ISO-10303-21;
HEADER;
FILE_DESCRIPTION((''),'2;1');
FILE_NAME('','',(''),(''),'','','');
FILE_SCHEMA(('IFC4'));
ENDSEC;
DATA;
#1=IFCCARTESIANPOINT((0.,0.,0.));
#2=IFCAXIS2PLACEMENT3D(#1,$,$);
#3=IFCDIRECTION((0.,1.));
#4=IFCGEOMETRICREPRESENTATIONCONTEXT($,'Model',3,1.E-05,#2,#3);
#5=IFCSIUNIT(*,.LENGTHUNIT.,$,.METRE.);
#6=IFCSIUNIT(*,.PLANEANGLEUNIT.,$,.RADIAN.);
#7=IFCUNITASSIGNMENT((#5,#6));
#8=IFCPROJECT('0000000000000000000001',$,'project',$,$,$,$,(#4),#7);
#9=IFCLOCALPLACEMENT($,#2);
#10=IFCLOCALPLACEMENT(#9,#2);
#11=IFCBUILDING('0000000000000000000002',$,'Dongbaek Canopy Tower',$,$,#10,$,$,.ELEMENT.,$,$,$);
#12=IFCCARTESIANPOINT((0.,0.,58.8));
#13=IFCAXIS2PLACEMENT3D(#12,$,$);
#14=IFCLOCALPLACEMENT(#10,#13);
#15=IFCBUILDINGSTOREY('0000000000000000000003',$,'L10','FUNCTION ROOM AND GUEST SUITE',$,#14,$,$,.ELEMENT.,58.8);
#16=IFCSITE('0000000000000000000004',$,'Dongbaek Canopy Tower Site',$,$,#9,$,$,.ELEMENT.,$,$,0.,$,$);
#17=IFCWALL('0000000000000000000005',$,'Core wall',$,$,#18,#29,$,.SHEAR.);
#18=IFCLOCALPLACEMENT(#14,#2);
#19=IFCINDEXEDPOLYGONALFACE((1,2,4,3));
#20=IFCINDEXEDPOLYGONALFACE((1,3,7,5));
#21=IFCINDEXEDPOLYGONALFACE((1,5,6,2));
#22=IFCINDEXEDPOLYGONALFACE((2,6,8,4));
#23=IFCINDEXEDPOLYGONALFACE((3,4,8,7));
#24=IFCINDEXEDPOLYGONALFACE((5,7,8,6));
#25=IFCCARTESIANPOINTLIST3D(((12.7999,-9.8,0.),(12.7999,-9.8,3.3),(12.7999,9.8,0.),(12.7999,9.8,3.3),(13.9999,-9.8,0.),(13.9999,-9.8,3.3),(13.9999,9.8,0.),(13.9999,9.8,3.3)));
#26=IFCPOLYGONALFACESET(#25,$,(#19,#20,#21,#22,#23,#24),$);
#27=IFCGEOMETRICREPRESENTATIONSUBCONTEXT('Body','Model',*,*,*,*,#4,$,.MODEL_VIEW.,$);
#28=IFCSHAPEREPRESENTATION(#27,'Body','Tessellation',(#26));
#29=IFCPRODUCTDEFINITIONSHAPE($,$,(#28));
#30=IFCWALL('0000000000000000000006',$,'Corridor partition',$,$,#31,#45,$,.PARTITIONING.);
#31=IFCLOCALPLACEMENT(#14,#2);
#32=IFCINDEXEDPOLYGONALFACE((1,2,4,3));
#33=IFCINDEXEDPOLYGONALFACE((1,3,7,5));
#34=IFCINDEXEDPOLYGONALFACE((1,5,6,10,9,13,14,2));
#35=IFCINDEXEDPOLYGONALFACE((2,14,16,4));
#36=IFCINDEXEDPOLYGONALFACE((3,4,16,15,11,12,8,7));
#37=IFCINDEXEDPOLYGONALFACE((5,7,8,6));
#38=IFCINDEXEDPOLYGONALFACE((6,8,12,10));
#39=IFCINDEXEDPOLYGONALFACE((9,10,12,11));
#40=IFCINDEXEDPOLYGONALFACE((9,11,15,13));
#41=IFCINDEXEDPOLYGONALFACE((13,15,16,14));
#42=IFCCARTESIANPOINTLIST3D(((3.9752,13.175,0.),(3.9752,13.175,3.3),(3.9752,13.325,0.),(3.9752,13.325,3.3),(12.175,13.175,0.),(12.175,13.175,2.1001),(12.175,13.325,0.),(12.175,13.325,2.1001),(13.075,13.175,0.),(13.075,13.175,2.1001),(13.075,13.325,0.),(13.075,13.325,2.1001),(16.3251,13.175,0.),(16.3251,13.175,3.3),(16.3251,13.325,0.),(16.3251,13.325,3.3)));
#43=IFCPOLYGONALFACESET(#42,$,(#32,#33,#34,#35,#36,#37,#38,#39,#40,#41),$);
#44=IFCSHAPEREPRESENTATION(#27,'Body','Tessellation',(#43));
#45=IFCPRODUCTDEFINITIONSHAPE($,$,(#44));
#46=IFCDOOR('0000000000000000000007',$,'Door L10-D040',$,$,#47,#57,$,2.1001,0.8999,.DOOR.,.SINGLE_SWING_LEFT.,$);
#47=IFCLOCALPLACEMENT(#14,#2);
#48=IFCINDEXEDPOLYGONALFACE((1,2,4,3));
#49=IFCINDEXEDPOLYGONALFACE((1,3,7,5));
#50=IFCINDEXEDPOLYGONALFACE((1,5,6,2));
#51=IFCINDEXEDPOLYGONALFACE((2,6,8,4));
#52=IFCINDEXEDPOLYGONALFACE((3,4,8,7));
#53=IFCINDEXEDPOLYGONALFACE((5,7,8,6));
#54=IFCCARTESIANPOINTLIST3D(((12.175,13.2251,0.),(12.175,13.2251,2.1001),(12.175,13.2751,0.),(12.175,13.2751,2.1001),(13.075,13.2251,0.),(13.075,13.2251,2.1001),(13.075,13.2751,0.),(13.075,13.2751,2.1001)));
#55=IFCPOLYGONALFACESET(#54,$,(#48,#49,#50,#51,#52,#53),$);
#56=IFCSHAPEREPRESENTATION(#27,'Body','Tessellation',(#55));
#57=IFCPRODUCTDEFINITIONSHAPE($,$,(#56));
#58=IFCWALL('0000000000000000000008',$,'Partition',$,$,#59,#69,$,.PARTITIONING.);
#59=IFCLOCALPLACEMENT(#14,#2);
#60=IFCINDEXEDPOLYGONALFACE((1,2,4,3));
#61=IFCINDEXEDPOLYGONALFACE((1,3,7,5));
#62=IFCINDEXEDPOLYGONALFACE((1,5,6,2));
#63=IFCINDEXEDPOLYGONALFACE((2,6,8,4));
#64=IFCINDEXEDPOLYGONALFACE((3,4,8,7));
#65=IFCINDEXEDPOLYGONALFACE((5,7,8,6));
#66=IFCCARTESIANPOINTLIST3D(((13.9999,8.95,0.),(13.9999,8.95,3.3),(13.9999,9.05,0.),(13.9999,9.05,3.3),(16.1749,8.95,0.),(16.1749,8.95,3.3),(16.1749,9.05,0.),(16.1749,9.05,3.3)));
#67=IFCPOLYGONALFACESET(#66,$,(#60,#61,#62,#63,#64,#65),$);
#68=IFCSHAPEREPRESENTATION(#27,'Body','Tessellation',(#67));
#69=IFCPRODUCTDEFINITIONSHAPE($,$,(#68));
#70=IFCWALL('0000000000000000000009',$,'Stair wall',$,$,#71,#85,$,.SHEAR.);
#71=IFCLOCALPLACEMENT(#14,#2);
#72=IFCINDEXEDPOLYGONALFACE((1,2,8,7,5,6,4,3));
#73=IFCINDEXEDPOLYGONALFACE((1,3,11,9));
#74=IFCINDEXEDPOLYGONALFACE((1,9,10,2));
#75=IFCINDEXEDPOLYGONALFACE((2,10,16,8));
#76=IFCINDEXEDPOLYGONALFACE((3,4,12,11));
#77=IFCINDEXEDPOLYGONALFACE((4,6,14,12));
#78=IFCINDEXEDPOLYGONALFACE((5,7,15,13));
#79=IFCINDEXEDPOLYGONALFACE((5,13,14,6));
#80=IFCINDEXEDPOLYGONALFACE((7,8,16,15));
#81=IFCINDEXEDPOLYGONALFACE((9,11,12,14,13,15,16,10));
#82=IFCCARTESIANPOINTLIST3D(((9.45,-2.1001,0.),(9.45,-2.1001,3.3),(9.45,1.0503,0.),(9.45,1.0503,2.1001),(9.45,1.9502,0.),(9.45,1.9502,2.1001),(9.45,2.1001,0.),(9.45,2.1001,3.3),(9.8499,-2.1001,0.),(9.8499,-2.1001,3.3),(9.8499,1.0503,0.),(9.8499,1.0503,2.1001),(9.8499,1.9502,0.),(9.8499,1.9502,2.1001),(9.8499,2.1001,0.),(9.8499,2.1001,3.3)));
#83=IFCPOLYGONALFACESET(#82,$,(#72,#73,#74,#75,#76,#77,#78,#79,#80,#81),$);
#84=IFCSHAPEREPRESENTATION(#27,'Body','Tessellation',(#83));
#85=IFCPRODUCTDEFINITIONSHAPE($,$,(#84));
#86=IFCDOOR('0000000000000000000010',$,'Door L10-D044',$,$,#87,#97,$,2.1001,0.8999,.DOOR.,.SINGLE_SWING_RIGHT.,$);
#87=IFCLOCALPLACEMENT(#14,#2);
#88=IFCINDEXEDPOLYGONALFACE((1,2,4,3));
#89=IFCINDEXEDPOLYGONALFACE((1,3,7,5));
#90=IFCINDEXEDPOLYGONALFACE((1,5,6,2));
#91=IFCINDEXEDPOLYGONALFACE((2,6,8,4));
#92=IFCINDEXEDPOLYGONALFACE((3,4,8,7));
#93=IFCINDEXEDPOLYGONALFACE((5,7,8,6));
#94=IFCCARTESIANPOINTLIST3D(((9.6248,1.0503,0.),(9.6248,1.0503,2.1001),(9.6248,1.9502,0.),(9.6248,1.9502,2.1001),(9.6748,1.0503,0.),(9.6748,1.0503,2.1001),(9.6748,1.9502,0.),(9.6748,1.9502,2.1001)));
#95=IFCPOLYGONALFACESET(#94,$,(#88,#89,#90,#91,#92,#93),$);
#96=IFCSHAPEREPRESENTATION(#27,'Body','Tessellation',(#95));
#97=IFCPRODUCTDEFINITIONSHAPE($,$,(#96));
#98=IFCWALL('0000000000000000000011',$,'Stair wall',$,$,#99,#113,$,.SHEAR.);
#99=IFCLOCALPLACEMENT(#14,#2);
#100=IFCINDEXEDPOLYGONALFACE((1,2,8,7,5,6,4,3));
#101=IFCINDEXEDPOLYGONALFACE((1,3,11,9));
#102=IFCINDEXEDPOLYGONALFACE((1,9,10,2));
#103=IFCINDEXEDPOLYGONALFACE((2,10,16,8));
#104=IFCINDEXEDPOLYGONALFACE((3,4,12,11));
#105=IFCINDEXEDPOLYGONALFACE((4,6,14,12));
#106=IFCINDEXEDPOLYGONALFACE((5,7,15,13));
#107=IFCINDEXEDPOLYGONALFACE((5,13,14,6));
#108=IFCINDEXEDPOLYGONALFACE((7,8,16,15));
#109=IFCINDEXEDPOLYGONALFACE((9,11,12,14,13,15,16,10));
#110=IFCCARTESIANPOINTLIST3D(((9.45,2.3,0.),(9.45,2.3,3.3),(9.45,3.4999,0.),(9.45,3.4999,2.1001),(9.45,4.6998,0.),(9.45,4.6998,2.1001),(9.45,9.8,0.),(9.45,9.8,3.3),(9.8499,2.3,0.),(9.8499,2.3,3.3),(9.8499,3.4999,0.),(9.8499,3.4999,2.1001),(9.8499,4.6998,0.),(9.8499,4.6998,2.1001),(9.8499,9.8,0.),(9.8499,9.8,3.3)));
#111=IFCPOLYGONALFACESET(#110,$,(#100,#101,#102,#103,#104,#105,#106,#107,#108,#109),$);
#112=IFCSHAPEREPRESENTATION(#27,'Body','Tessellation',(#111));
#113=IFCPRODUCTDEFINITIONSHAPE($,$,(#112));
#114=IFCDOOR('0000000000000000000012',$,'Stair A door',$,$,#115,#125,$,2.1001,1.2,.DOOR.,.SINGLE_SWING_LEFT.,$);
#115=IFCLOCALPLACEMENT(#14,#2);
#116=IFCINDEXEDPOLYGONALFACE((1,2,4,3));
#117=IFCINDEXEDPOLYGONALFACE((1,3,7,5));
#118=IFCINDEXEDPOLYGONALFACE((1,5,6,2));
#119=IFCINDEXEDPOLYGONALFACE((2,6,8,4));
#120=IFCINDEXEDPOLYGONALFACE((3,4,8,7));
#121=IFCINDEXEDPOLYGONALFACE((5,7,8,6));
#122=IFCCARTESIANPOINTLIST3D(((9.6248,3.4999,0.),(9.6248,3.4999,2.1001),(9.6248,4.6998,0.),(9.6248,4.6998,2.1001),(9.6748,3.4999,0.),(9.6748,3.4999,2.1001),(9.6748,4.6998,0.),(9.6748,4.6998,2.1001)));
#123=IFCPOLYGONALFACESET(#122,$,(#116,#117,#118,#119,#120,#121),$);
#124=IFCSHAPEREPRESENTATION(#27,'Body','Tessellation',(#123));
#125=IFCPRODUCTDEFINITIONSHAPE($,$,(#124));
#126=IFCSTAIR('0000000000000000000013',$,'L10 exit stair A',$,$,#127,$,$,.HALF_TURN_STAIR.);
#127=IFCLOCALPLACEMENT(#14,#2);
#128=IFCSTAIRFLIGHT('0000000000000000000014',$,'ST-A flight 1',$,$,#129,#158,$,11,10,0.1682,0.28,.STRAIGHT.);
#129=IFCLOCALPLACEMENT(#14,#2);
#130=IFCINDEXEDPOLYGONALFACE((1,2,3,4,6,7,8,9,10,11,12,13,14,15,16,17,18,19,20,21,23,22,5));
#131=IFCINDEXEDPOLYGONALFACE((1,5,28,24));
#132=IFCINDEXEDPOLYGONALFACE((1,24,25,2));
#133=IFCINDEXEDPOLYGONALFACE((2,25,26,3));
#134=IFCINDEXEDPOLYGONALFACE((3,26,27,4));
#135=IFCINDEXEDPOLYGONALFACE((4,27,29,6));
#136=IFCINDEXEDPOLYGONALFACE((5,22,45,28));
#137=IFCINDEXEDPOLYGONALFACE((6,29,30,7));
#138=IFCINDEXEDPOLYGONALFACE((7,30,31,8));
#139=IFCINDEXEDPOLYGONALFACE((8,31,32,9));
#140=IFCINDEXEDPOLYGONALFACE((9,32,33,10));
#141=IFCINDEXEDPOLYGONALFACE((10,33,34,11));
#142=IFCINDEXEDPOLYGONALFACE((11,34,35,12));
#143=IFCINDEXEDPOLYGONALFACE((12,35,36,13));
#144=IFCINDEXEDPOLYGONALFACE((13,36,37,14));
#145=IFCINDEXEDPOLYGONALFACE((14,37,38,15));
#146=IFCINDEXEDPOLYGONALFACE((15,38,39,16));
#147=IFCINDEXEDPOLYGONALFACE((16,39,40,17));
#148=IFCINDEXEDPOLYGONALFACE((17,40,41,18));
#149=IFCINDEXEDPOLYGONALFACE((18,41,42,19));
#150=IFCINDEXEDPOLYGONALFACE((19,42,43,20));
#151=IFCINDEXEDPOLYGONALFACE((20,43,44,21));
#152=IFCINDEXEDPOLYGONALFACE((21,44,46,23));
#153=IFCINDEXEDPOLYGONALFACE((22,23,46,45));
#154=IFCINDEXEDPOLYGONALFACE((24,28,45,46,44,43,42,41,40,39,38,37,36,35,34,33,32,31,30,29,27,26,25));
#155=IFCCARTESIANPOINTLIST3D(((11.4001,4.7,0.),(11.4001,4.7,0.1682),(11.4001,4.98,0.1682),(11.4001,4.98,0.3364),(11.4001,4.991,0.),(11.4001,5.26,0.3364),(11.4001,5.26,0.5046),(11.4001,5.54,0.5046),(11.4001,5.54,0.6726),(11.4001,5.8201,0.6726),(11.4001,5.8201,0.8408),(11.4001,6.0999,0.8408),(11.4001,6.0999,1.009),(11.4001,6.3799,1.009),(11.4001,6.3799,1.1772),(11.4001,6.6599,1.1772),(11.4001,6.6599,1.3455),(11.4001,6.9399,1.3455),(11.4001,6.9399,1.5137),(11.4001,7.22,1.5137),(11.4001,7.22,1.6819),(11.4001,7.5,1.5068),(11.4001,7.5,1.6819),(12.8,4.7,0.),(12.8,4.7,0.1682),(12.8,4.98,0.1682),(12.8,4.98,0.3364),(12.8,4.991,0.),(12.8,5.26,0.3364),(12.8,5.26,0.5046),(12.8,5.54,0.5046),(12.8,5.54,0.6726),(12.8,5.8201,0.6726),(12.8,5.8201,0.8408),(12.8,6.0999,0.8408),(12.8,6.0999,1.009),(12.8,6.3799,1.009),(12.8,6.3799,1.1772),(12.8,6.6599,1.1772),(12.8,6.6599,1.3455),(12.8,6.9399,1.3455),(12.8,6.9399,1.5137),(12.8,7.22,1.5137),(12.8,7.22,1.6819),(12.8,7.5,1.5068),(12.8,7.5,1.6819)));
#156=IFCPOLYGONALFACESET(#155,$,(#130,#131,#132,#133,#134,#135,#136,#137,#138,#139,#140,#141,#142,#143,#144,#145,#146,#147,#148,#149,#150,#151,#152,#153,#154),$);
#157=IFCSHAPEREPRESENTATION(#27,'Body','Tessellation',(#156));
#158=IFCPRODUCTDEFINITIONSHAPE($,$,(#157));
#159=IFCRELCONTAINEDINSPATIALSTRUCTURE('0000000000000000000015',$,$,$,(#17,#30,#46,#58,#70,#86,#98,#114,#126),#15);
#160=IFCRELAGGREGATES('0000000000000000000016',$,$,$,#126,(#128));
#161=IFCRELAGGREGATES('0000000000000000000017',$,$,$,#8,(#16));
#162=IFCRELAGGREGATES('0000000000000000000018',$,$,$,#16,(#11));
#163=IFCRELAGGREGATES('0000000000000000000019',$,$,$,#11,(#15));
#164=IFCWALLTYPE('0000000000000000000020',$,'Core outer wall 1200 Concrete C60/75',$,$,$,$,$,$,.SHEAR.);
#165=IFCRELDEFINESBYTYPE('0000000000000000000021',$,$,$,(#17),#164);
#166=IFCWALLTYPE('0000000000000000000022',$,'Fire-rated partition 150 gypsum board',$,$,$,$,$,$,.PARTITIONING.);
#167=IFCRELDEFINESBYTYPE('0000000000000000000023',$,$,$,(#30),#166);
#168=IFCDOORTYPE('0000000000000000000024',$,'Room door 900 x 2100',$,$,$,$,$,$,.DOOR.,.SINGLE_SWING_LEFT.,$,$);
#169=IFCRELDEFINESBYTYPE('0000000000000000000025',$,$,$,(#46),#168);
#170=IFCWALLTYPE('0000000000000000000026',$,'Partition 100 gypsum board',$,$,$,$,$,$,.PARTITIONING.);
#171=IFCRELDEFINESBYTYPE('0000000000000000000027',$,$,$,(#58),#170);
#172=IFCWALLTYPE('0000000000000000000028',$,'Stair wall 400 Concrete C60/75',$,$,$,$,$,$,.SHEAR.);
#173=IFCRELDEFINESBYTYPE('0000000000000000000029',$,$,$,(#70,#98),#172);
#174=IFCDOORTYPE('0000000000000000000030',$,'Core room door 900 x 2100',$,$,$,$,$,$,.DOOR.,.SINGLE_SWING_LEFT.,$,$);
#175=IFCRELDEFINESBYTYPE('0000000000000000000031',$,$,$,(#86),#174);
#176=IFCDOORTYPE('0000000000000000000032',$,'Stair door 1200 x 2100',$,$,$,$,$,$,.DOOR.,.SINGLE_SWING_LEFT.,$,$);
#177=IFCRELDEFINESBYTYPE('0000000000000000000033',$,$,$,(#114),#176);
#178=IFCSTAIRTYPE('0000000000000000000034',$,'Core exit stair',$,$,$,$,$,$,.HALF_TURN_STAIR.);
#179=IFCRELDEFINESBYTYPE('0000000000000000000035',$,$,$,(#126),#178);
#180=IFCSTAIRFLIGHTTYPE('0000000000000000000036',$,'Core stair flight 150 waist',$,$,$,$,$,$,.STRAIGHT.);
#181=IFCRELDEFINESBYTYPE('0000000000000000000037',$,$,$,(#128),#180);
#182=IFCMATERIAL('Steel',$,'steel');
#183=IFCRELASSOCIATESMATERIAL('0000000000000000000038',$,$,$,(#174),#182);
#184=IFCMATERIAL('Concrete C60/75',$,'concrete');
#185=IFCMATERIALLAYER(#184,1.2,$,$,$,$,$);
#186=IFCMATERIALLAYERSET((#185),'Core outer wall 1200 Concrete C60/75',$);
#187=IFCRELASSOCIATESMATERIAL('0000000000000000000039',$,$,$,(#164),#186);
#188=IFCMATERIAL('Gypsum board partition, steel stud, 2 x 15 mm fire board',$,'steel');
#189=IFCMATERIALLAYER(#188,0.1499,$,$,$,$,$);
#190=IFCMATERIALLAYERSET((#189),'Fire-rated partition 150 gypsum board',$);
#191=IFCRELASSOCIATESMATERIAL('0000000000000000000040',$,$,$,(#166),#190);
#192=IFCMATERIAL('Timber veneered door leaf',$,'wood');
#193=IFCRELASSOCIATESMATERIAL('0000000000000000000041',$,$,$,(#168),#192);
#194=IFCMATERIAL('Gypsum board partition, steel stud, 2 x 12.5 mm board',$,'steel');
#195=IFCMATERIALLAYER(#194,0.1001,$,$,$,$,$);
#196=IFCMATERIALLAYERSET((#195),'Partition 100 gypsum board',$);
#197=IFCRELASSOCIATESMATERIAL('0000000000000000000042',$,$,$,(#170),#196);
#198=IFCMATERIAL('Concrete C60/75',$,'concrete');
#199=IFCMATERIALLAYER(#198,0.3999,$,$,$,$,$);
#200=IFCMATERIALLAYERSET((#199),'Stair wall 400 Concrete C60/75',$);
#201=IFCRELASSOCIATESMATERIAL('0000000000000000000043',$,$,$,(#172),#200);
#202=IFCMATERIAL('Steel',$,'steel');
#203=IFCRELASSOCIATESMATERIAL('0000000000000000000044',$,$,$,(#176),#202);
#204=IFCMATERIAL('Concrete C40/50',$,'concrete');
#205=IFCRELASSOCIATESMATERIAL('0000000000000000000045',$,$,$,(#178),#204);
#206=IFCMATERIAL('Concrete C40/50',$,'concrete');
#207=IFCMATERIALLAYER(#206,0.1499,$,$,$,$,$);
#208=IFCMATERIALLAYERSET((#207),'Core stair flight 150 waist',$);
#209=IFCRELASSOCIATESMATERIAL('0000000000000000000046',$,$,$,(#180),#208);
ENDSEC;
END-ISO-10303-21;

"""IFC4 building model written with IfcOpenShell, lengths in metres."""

from ifc_helpers import new_model, si_unit, direction, frame, frame_2d, origin, place, context, subcontext, project, spatial, polyline, rectangle, outline, extrude, material, layer, layer_set, type_object, element, fill, aggregate, save


model = new_model("IFC4")

# Units and contexts
model_context = context("Model", 3, precision=1e-05, world=origin(), true_north=direction((0.0, 1.0)))
body_context = subcontext(model_context, "Body", "Model", "MODEL_VIEW")
ifc_project = project(units=[si_unit("LENGTHUNIT", "METRE"), si_unit("PLANEANGLEUNIT", "RADIAN")], contexts=[model_context])

# Site, building, storey
site_placement = place(None, origin())
site = spatial("IfcSite", under=ifc_project, at=site_placement, Name="Dongbaek Canopy Tower Site", CompositionType="ELEMENT", RefElevation=0.0)
building_placement = place(site_placement, origin())
building = spatial("IfcBuilding", under=site, at=building_placement, Name="Dongbaek Canopy Tower", CompositionType="ELEMENT")
storey_placement = place(building_placement, frame((0.0, 0.0, 58.8)))
storey = spatial("IfcBuildingStorey", under=building, at=storey_placement, Name="L10", Description="FUNCTION ROOM AND GUEST SUITE", CompositionType="ELEMENT", Elevation=58.8)

# Shared definitions
ifc_material_1 = material(Name="Steel", Category="steel")
door_type_1 = type_object("IfcDoorType", Name="Core room door 900 x 2100", OperationType="SINGLE_SWING_LEFT", PredefinedType="DOOR", material=ifc_material_1)

# Wall
ifc_material_2 = material(Name="Concrete C60/75", Category="concrete")
ifc_layer_1 = layer(ifc_material_2, 1.2)
ifc_layer_set_1 = layer_set([ifc_layer_1], Name="Core outer wall 1200 Concrete C60/75")
wall_type_1 = type_object("IfcWallType", Name="Core outer wall 1200 Concrete C60/75", PredefinedType="SHEAR", material=ifc_layer_set_1)
wall_1_placement = place(storey_placement, frame((13.3999, 9.8, 0.0), z_axis=(0.0, 0.0, 1.0), x_axis=(0.0, -1.0, 0.0)))
element("IfcWall", 1, at=wall_1_placement, inside=storey, type_object=wall_type_1, Name="Core wall", PredefinedType="SHEAR", context=body_context, shape_type="SweptSolid", body=[
    extrude(rectangle(XDim=19.6001, YDim=1.2, at=frame_2d((9.8, 0.0))), origin(), (0.0, 0.0, 1.0), 3.3),
])

# Wall, opening, door
ifc_material_3 = material(Name="Gypsum board partition, steel stud, 2 x 15 mm fire board", Category="steel")
ifc_layer_2 = layer(ifc_material_3, 0.1499)
ifc_layer_set_2 = layer_set([ifc_layer_2], Name="Fire-rated partition 150 gypsum board")
wall_type_2 = type_object("IfcWallType", Name="Fire-rated partition 150 gypsum board", PredefinedType="PARTITIONING", material=ifc_layer_set_2)
wall_2_placement = place(storey_placement, frame((16.325, 13.25, 0.0), z_axis=(0.0, 0.0, 1.0), x_axis=(-1.0, 0.0, 0.0)))
wall_2 = element("IfcWall", 2, at=wall_2_placement, inside=storey, type_object=wall_type_2, Name="Corridor partition", PredefinedType="PARTITIONING", context=body_context, shape_type="SweptSolid", body=[
    extrude(rectangle(XDim=12.3499, YDim=0.1499, at=frame_2d((6.1748, 0.0))), origin(), (0.0, 0.0, 1.0), 3.3),
])
opening_1_placement = place(wall_2_placement, frame((3.25, 0.0, 0.0)))
opening_1 = element("IfcOpeningElement", 3, at=opening_1_placement, cuts=wall_2, PredefinedType="OPENING", context=body_context, shape_type="SweptSolid", body=[
    extrude(rectangle(XDim=0.8999, YDim=2.1001, at=frame_2d((0.45, 1.05))), frame((0.0, 0.085, 0.0), z_axis=(0.0, -1.0, 0.0), x_axis=(1.0, 0.0, 0.0)), (0.0, 0.0, 1.0), 0.1699),
])
ifc_material_4 = material(Name="Timber veneered door leaf", Category="wood")
door_type_2 = type_object("IfcDoorType", Name="Room door 900 x 2100", OperationType="SINGLE_SWING_LEFT", PredefinedType="DOOR", material=ifc_material_4)
door_1_placement = place(opening_1_placement, origin())
door_1 = element("IfcDoor", 4, at=door_1_placement, inside=storey, type_object=door_type_2, Name="Door L10-D040", OperationType="SINGLE_SWING_LEFT", OverallHeight=2.1001, OverallWidth=0.8999, PredefinedType="DOOR", context=body_context, shape_type="SweptSolid", body=[
    extrude(rectangle(XDim=0.8999, YDim=2.1001, at=frame_2d((0.45, 1.05))), frame((0.0, 0.0249, 0.0), z_axis=(0.0, -1.0, 0.0), x_axis=(1.0, 0.0, 0.0)), (0.0, 0.0, 1.0), 0.05),
])
fill(opening_1, door_1)

# Wall
ifc_material_5 = material(Name="Gypsum board partition, steel stud, 2 x 12.5 mm board", Category="steel")
ifc_layer_3 = layer(ifc_material_5, 0.1001)
ifc_layer_set_3 = layer_set([ifc_layer_3], Name="Partition 100 gypsum board")
wall_type_3 = type_object("IfcWallType", Name="Partition 100 gypsum board", PredefinedType="PARTITIONING", material=ifc_layer_set_3)
wall_3_placement = place(storey_placement, frame((14.0, 9.0, 0.0), z_axis=(0.0, 0.0, 1.0), x_axis=(1.0, 0.0, 0.0)))
element("IfcWall", 5, at=wall_3_placement, inside=storey, type_object=wall_type_3, Name="Partition", PredefinedType="PARTITIONING", context=body_context, shape_type="SweptSolid", body=[
    extrude(rectangle(XDim=2.175, YDim=0.1001, at=frame_2d((1.0874, 0.0))), origin(), (0.0, 0.0, 1.0), 3.3),
])

# Walls, openings, doors
ifc_material_6 = material(Name="Concrete C60/75", Category="concrete")
ifc_layer_4 = layer(ifc_material_6, 0.3999)
ifc_layer_set_4 = layer_set([ifc_layer_4], Name="Stair wall 400 Concrete C60/75")
wall_type_4 = type_object("IfcWallType", Name="Stair wall 400 Concrete C60/75", PredefinedType="SHEAR", material=ifc_layer_set_4)
wall_4_placement = place(storey_placement, frame((9.6499, 2.1001, 0.0), z_axis=(0.0, 0.0, 1.0), x_axis=(0.0, -1.0, 0.0)))
wall_4 = element("IfcWall", 6, at=wall_4_placement, inside=storey, type_object=wall_type_4, Name="Stair wall", PredefinedType="SHEAR", context=body_context, shape_type="SweptSolid", body=[
    extrude(rectangle(XDim=4.2002, YDim=0.3999, at=frame_2d((2.1001, 0.0))), origin(), (0.0, 0.0, 1.0), 3.3),
])
opening_2_placement = place(wall_4_placement, frame((0.1499, 0.0, 0.0)))
opening_2 = element("IfcOpeningElement", 7, at=opening_2_placement, cuts=wall_4, PredefinedType="OPENING", context=body_context, shape_type="SweptSolid", body=[
    extrude(rectangle(XDim=0.8999, YDim=2.1001, at=frame_2d((0.45, 1.05))), frame((0.0, 0.21, 0.0), z_axis=(0.0, -1.0, 0.0), x_axis=(1.0, 0.0, 0.0)), (0.0, 0.0, 1.0), 0.4199),
])
door_2_placement = place(opening_2_placement, origin())
door_2 = element("IfcDoor", 8, at=door_2_placement, inside=storey, type_object=door_type_1, Name="Door L10-D044", OperationType="SINGLE_SWING_RIGHT", OverallHeight=2.1001, OverallWidth=0.8999, PredefinedType="DOOR", context=body_context, shape_type="SweptSolid", body=[
    extrude(rectangle(XDim=0.8999, YDim=2.1001, at=frame_2d((0.45, 1.05))), frame((0.0, 0.0249, 0.0), z_axis=(0.0, -1.0, 0.0), x_axis=(1.0, 0.0, 0.0)), (0.0, 0.0, 1.0), 0.05),
])
fill(opening_2, door_2)
wall_5_placement = place(storey_placement, frame((9.6499, 9.8, 0.0), z_axis=(0.0, 0.0, 1.0), x_axis=(0.0, -1.0, 0.0)))
wall_5 = element("IfcWall", 9, at=wall_5_placement, inside=storey, type_object=wall_type_4, Name="Stair wall", PredefinedType="SHEAR", context=body_context, shape_type="SweptSolid", body=[
    extrude(rectangle(XDim=7.5, YDim=0.3999, at=frame_2d((3.75, 0.0))), origin(), (0.0, 0.0, 1.0), 3.3),
])
opening_3_placement = place(wall_5_placement, frame((5.1001, 0.0, 0.0)))
opening_3 = element("IfcOpeningElement", 10, at=opening_3_placement, cuts=wall_5, PredefinedType="OPENING", context=body_context, shape_type="SweptSolid", body=[
    extrude(rectangle(XDim=1.2, YDim=2.1001, at=frame_2d((0.6001, 1.05))), frame((0.0, 0.21, 0.0), z_axis=(0.0, -1.0, 0.0), x_axis=(1.0, 0.0, 0.0)), (0.0, 0.0, 1.0), 0.4199),
])
ifc_material_7 = material(Name="Steel", Category="steel")
door_type_3 = type_object("IfcDoorType", Name="Stair door 1200 x 2100", OperationType="SINGLE_SWING_LEFT", PredefinedType="DOOR", material=ifc_material_7)
door_3_placement = place(opening_3_placement, origin())
door_3 = element("IfcDoor", 11, at=door_3_placement, inside=storey, type_object=door_type_3, Name="Stair A door", OperationType="SINGLE_SWING_LEFT", OverallHeight=2.1001, OverallWidth=1.2, PredefinedType="DOOR", context=body_context, shape_type="SweptSolid", body=[
    extrude(rectangle(XDim=1.2, YDim=2.1001, at=frame_2d((0.6001, 1.05))), frame((0.0, 0.0249, 0.0), z_axis=(0.0, -1.0, 0.0), x_axis=(1.0, 0.0, 0.0)), (0.0, 0.0, 1.0), 0.05),
])
fill(opening_3, door_3)

# Stair, stair flight
ifc_material_8 = material(Name="Concrete C40/50", Category="concrete")
stair_type = type_object("IfcStairType", Name="Core exit stair", PredefinedType="HALF_TURN_STAIR", material=ifc_material_8)
stair_placement = place(storey_placement, origin())
stair = element("IfcStair", 12, at=stair_placement, inside=storey, type_object=stair_type, Name="L10 exit stair A", PredefinedType="HALF_TURN_STAIR")
ifc_material_9 = material(Name="Concrete C40/50", Category="concrete")
ifc_layer_5 = layer(ifc_material_9, 0.1499)
ifc_layer_set_5 = layer_set([ifc_layer_5], Name="Core stair flight 150 waist")
stair_flight_type = type_object("IfcStairFlightType", Name="Core stair flight 150 waist", PredefinedType="STRAIGHT", material=ifc_layer_set_5)
stair_flight_1_placement = place(storey_placement, frame((12.1001, 4.7, 0.0), z_axis=(0.0, 0.0, 1.0), x_axis=(0.0, 1.0, 0.0)))
stair_flight_1 = element("IfcStairFlight", 13, at=stair_flight_1_placement, type_object=stair_flight_type, Name="ST-A flight 1", NumberOfRisers=11, NumberOfTreads=10, PredefinedType="STRAIGHT", RiserHeight=0.1682, TreadLength=0.28, context=body_context, shape_type="SweptSolid", body=[
    extrude(outline(polyline([(0.0, 0.0), (0.0, 0.1682), (0.28, 0.1682), (0.28, 0.3364), (0.5601, 0.3364), (0.5601, 0.5046), (0.8401, 0.5046), (0.8401, 0.6726), (1.1201, 0.6726), (1.1201, 0.8408), (1.3999, 0.8408), (1.3999, 1.009), (1.6799, 1.009), (1.6799, 1.1772), (1.96, 1.1772), (1.96, 1.3455), (2.24, 1.3455), (2.24, 1.5137), (2.52, 1.5137), (2.52, 1.6819), (2.8, 1.6819), (2.8, 1.8501), (2.8, 1.5068), (0.291, 0.0), (0.0, 0.0)])), frame((0.0, 0.7, 0.0), z_axis=(0.0, -1.0, 0.0), x_axis=(1.0, 0.0, 0.0)), (0.0, 0.0, 1.0), 1.3999),
])
aggregate(stair, [stair_flight_1])

save(model, "model.ifc")
